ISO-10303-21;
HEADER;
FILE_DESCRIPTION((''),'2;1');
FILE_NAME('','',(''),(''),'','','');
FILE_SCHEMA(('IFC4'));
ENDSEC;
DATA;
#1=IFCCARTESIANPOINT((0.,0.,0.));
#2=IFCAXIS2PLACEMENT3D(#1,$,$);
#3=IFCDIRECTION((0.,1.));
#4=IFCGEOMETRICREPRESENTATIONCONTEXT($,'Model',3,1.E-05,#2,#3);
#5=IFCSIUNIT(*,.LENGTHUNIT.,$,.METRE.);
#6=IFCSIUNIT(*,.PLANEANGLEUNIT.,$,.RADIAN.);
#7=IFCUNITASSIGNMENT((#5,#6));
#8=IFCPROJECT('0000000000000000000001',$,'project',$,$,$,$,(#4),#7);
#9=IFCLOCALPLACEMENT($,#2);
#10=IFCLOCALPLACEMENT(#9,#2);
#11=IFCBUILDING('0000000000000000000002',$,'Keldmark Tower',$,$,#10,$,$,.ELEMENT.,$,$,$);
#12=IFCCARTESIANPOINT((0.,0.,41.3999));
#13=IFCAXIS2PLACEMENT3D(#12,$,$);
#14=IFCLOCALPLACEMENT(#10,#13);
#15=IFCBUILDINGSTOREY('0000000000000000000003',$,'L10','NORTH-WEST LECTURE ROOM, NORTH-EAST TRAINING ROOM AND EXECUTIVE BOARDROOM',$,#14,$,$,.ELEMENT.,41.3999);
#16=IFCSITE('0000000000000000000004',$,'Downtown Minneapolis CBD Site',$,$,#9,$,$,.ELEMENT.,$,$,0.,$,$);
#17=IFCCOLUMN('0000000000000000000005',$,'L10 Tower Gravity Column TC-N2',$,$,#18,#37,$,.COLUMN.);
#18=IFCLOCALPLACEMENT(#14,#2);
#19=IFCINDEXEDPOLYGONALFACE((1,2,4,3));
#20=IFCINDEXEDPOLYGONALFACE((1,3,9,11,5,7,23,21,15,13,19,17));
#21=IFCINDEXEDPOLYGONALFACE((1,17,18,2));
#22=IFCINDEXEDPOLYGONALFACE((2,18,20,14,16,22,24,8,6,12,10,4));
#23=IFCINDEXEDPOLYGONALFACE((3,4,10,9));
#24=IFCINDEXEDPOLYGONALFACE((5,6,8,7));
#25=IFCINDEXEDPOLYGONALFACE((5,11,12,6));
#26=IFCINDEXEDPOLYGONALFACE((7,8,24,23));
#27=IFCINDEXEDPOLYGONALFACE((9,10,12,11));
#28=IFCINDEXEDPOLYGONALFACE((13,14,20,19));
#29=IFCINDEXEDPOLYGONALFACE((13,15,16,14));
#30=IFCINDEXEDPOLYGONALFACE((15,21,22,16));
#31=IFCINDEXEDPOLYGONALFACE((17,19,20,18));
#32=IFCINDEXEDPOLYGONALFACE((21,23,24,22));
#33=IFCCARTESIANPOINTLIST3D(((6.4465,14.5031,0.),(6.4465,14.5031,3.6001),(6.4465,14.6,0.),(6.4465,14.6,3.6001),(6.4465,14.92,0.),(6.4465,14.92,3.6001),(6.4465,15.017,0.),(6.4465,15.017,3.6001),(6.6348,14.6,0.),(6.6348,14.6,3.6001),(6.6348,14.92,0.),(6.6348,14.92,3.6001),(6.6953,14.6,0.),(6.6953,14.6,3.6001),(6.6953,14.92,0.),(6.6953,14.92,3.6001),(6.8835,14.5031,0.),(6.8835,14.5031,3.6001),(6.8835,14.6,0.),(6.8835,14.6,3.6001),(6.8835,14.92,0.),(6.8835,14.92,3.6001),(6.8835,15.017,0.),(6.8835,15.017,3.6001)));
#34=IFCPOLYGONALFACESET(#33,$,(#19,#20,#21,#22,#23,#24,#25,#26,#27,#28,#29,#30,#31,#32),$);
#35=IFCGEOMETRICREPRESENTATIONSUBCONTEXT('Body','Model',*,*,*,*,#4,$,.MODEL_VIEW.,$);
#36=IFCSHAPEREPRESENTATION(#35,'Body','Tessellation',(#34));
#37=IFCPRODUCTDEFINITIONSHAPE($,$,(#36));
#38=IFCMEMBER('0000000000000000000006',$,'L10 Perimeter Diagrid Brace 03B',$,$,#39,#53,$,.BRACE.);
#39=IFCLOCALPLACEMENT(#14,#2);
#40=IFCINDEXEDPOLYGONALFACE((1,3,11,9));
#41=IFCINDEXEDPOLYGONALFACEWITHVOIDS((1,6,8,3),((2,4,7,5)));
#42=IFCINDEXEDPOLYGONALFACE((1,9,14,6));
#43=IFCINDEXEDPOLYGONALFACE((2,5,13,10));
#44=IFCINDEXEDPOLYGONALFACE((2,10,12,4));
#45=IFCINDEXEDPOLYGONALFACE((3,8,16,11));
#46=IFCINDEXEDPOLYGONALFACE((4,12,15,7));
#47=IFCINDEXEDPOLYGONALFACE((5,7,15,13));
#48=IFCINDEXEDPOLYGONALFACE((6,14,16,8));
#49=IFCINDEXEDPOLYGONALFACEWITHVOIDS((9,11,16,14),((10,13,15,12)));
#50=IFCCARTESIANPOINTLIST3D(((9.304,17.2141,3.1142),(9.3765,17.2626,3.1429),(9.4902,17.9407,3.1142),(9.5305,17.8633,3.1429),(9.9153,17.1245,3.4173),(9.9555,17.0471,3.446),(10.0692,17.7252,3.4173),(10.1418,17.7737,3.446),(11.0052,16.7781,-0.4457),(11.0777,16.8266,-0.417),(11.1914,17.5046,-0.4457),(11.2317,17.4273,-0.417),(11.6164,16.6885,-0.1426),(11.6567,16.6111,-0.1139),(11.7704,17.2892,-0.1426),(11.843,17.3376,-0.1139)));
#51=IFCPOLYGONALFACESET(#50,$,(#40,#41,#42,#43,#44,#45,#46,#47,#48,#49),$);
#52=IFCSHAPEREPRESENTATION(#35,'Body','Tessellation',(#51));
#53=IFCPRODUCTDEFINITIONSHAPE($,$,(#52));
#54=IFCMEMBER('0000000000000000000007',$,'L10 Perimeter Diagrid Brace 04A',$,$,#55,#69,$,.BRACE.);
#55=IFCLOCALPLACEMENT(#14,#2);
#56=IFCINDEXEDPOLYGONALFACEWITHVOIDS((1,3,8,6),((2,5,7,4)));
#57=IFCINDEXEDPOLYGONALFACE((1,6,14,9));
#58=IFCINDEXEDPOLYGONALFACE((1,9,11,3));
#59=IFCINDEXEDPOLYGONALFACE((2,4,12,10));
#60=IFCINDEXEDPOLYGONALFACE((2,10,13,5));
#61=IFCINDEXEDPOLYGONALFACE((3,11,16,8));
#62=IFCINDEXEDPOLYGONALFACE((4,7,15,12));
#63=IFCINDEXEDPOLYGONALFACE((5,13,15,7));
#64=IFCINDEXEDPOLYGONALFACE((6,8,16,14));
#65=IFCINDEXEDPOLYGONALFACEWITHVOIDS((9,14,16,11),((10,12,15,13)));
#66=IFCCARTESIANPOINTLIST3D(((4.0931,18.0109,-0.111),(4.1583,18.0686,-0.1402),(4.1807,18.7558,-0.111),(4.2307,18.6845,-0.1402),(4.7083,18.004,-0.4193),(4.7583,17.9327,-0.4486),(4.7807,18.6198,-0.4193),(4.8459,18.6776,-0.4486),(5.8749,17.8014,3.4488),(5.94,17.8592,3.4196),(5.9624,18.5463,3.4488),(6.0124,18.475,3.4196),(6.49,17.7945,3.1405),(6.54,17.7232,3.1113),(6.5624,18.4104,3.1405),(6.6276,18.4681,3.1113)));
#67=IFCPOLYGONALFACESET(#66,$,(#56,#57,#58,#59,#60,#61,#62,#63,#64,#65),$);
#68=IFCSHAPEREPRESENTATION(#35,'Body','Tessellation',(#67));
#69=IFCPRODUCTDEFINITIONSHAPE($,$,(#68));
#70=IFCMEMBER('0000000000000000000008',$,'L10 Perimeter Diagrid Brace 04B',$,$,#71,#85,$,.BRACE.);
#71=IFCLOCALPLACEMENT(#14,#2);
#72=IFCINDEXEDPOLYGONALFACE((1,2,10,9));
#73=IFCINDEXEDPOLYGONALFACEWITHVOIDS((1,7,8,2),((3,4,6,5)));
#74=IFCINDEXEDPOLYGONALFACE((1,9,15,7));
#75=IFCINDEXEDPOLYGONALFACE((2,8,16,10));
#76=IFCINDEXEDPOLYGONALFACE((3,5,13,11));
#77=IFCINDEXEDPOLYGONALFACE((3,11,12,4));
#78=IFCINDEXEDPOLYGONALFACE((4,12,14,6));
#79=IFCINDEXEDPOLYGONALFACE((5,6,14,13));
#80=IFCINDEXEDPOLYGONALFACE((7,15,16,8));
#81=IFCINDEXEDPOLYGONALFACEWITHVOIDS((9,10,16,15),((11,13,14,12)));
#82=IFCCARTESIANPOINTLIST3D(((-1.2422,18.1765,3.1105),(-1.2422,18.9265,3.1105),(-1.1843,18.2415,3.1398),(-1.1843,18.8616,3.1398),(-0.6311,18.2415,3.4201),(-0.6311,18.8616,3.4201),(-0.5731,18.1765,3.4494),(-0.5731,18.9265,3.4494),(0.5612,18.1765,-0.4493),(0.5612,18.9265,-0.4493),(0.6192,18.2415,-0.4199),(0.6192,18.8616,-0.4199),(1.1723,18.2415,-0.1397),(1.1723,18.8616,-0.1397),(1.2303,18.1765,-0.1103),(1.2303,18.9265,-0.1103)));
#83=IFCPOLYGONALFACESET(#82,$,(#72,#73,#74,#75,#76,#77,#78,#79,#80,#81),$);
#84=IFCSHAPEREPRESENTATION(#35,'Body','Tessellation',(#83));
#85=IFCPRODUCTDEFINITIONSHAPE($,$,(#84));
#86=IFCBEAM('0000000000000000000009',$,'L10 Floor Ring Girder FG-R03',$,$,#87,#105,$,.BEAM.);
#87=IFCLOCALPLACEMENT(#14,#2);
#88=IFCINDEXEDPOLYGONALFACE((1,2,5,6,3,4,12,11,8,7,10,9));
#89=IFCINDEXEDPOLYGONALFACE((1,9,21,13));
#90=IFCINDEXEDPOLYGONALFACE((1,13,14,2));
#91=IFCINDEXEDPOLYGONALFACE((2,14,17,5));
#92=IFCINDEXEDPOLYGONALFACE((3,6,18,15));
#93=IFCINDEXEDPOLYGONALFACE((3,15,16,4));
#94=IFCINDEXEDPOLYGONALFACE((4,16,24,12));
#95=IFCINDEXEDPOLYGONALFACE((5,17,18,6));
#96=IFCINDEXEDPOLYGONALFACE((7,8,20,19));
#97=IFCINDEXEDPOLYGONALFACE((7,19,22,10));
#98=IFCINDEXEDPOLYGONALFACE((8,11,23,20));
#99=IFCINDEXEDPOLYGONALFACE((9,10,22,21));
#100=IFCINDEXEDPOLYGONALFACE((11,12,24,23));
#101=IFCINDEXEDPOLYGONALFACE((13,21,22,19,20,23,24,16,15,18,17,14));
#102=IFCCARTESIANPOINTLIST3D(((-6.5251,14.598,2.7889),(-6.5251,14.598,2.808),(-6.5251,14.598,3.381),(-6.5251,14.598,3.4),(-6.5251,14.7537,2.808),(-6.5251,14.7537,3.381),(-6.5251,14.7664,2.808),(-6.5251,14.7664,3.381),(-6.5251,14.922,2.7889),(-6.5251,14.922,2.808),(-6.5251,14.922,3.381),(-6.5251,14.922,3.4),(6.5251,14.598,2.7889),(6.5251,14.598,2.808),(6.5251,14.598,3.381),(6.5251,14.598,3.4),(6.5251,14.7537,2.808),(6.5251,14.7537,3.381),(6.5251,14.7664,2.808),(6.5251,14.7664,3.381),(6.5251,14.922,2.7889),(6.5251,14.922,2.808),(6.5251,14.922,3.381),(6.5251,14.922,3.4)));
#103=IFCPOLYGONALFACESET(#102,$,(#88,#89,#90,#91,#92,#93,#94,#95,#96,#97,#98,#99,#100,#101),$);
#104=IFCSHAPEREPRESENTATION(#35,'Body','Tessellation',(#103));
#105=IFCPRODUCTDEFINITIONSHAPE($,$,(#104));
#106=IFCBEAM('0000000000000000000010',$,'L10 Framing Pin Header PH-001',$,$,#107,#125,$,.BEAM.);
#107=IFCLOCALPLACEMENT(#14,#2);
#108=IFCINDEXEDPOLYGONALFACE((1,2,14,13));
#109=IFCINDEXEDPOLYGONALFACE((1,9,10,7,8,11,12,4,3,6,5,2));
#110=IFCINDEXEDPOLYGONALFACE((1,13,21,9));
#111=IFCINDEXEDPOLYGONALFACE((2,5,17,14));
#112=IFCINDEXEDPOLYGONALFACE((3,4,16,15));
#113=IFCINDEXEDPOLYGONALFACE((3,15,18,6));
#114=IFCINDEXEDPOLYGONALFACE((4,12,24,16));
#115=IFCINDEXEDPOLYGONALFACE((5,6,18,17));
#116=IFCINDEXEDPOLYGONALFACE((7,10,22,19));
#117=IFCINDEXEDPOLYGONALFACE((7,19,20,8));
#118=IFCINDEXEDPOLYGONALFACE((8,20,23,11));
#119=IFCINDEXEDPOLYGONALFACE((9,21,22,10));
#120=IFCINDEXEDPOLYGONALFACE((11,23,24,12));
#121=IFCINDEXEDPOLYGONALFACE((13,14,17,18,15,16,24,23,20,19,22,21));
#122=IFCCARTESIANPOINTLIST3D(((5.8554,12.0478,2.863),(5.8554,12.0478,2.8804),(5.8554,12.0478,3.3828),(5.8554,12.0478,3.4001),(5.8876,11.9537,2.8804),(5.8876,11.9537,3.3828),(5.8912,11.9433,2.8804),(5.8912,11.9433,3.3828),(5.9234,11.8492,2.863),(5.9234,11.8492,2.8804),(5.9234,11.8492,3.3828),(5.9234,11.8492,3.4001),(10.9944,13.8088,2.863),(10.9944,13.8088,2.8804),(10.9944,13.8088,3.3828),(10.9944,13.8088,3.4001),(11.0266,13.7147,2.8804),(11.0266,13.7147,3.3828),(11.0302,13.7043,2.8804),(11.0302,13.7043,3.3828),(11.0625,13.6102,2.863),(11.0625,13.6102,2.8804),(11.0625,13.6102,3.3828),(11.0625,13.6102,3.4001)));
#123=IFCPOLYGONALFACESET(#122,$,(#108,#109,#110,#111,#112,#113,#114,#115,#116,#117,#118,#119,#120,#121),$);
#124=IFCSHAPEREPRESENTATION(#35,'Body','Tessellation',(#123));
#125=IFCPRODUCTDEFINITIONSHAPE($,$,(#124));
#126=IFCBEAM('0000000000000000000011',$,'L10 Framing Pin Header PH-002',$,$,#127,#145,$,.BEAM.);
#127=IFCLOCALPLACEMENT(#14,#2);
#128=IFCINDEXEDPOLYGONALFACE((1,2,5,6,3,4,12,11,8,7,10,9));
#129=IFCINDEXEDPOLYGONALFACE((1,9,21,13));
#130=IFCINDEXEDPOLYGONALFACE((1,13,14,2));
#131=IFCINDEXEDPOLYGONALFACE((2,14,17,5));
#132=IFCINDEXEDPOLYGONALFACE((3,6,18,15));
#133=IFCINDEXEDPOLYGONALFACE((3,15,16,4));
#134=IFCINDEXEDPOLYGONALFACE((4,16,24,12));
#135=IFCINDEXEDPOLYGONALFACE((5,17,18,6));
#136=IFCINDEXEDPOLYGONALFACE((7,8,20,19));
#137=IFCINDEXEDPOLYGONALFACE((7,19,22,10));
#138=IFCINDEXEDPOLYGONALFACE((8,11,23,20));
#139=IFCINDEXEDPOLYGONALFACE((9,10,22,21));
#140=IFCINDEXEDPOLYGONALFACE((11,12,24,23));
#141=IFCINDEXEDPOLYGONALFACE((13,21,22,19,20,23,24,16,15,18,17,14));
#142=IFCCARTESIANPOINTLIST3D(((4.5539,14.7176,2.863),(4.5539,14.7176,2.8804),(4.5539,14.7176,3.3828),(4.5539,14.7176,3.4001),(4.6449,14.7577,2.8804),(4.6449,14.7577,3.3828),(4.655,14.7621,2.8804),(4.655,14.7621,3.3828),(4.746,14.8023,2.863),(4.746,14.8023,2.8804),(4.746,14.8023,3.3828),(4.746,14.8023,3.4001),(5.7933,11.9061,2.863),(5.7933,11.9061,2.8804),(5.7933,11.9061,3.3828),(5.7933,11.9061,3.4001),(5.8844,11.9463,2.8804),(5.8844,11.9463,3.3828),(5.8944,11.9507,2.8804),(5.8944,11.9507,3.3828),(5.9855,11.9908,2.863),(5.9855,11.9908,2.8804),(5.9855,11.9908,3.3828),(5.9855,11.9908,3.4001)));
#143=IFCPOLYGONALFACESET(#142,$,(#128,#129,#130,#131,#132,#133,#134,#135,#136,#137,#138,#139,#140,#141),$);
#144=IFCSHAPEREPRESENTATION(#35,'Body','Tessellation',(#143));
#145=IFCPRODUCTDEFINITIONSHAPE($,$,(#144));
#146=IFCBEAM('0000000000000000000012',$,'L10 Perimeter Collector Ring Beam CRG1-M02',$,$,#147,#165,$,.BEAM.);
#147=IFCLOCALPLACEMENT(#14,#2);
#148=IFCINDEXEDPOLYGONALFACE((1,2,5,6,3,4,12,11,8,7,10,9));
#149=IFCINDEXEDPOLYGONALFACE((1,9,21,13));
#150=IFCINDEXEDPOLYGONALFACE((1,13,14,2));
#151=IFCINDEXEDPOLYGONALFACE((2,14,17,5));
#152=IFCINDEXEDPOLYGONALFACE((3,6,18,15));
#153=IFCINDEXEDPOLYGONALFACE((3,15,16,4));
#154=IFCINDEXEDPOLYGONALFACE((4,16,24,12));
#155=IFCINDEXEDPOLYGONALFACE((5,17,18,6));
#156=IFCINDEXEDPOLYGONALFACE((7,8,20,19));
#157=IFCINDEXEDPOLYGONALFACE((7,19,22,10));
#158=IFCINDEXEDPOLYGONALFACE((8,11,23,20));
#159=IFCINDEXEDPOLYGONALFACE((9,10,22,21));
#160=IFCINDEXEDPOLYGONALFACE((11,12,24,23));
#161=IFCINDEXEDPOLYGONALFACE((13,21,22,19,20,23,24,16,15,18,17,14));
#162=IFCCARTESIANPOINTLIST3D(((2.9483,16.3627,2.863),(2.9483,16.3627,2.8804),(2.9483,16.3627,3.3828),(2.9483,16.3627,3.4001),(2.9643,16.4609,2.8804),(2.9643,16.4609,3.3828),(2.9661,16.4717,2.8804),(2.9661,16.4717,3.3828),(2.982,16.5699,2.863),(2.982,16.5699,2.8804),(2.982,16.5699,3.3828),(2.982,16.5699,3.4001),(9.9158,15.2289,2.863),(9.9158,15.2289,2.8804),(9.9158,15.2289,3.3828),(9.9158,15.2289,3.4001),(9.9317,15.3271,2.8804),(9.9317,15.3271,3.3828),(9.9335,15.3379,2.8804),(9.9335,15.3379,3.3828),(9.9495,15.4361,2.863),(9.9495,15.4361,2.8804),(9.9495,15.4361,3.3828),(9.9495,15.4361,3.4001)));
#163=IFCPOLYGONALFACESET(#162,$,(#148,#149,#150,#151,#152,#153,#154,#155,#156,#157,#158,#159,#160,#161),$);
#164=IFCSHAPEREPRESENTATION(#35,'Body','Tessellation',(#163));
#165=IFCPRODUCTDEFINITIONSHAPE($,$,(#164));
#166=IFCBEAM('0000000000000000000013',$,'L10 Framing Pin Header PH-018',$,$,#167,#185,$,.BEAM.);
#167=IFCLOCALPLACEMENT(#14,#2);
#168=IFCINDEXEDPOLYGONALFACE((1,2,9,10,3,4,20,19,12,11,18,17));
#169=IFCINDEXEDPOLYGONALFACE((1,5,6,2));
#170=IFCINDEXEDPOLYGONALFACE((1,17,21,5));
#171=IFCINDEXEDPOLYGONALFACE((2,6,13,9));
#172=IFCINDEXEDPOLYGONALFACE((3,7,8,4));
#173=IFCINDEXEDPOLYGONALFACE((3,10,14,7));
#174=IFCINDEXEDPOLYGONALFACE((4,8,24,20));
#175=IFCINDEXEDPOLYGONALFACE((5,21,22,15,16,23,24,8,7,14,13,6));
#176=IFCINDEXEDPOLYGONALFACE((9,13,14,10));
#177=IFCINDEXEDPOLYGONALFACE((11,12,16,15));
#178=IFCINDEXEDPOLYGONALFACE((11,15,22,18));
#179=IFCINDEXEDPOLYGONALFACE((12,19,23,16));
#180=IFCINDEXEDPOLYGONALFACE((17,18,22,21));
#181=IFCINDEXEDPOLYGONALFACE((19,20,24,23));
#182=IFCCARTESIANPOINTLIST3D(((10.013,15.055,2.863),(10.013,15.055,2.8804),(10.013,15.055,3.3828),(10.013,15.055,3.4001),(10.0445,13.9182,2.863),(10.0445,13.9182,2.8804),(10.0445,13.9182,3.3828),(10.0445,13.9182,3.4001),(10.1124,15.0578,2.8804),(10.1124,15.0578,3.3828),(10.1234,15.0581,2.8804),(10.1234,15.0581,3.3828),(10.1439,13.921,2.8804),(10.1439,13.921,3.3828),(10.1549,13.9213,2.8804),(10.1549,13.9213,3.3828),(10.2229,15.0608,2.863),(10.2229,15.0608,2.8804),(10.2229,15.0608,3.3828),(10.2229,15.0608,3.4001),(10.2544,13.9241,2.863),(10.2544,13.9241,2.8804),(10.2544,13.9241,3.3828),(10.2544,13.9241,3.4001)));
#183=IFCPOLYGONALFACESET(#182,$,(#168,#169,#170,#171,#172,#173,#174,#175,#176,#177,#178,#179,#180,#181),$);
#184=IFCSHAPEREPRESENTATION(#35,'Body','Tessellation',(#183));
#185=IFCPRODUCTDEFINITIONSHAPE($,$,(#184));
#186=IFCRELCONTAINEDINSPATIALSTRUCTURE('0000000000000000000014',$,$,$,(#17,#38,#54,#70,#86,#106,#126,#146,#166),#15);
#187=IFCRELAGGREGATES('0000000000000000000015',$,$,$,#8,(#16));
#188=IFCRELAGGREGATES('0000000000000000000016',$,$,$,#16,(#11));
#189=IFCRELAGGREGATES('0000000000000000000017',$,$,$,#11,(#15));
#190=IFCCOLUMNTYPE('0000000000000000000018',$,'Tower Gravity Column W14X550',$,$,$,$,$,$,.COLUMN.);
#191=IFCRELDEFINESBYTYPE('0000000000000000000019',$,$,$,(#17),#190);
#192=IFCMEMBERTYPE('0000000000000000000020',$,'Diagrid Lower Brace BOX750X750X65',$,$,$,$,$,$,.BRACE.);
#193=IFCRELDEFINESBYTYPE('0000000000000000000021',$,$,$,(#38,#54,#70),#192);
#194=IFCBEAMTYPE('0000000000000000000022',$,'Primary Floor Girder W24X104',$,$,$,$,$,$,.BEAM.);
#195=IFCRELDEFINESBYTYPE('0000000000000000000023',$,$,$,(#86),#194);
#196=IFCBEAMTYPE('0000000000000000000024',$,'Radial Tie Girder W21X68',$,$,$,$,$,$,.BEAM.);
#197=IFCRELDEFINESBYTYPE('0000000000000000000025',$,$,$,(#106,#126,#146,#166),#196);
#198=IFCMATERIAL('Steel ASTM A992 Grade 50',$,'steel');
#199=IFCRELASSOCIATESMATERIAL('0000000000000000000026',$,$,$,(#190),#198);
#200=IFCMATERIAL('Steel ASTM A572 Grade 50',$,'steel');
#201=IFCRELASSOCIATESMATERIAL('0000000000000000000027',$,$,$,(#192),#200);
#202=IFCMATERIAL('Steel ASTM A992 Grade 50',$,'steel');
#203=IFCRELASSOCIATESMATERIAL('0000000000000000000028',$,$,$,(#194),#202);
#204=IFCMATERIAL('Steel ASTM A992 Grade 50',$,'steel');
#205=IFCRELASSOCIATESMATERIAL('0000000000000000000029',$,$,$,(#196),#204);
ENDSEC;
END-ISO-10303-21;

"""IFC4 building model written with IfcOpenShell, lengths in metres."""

from ifc_helpers import new_model, si_unit, direction, frame, origin, origin_2d, place, context, subcontext, project, spatial, hollow_rectangle, i_section, extrude, material, material_profile, profile_set, type_object, element, save


model = new_model("IFC4")

# Units and contexts
model_context = context("Model", 3, precision=1e-05, world=origin(), true_north=direction((0.0, 1.0)))
body_context = subcontext(model_context, "Body", "Model", "MODEL_VIEW")
ifc_project = project(units=[si_unit("LENGTHUNIT", "METRE"), si_unit("PLANEANGLEUNIT", "RADIAN")], contexts=[model_context])

# Site, building, storey
site_placement = place(None, origin())
site = spatial("IfcSite", under=ifc_project, at=site_placement, Name="Downtown Minneapolis CBD Site", CompositionType="ELEMENT", RefElevation=0.0)
building_placement = place(site_placement, origin())
building = spatial("IfcBuilding", under=site, at=building_placement, Name="Keldmark Tower", CompositionType="ELEMENT")
storey_placement = place(building_placement, frame((0.0, 0.0, 41.3999)))
storey = spatial("IfcBuildingStorey", under=building, at=storey_placement, Name="L10", Description="NORTH-WEST LECTURE ROOM, NORTH-EAST TRAINING ROOM AND EXECUTIVE BOARDROOM", CompositionType="ELEMENT", Elevation=41.3999)

# Column
ifc_material_1 = material(Name="Steel ASTM A992 Grade 50", Category="steel")
ifc_material_profile_1 = material_profile(ifc_material_1, i_section(OverallWidth=0.437, OverallDepth=0.5139, WebThickness=0.0605, FlangeThickness=0.0969, at=origin_2d()), Name="W14X550")
ifc_profile_set_1 = profile_set([ifc_material_profile_1], Name="Steel ASTM A992 Grade 50")
column_type = type_object("IfcColumnType", Name="Tower Gravity Column W14X550", PredefinedType="COLUMN", material=ifc_profile_set_1)
column_placement = place(storey_placement, frame((6.665, 14.76, 0.0), z_axis=(0.0, 0.0, 1.0), x_axis=(1.0, 0.0, 0.0)))
element("IfcColumn", 1, at=column_placement, inside=storey, type_object=column_type, Name="L10 Tower Gravity Column TC-N2", PredefinedType="COLUMN", context=body_context, shape_type="SweptSolid", body=[
    extrude(i_section(OverallWidth=0.437, OverallDepth=0.5139, WebThickness=0.0605, FlangeThickness=0.0969, at=origin_2d()), origin(), (0.0, 0.0, 1.0), 3.6001),
])

# Members
ifc_material_2 = material(Name="Steel ASTM A572 Grade 50", Category="steel")
ifc_material_profile_2 = material_profile(ifc_material_2, hollow_rectangle(XDim=0.75, YDim=0.75, WallThickness=0.0649, at=origin_2d()), Name="BOX750X750X65")
ifc_profile_set_2 = profile_set([ifc_material_profile_2], Name="Steel ASTM A572 Grade 50")
member_type = type_object("IfcMemberType", Name="Diagrid Lower Brace BOX750X750X65", PredefinedType="BRACE", material=ifc_profile_set_2)
member_1_placement = place(storey_placement, frame((11.4241, 17.0579, -0.2798), z_axis=(-0.428568, 0.109848, 0.896807), x_axis=(-0.248288, -0.968686, 0.0)))
element("IfcMember", 2, at=member_1_placement, inside=storey, type_object=member_type, Name="L10 Perimeter Diagrid Brace 03B", PredefinedType="BRACE", context=body_context, shape_type="SweptSolid", body=[
    extrude(hollow_rectangle(XDim=0.75, YDim=0.75, WallThickness=0.0649, at=origin_2d()), origin(), (0.0, 0.0, 1.0), 3.9695),
])
member_2_placement = place(storey_placement, frame((4.4695, 18.3442, -0.2798), z_axis=(0.446963, -0.052548, 0.893008), x_axis=(0.116762, 0.99316, 0.0)))
element("IfcMember", 3, at=member_2_placement, inside=storey, type_object=member_type, Name="L10 Perimeter Diagrid Brace 04A", PredefinedType="BRACE", context=body_context, shape_type="SweptSolid", body=[
    extrude(hollow_rectangle(XDim=0.75, YDim=0.75, WallThickness=0.0649, at=origin_2d()), origin(), (0.0, 0.0, 1.0), 3.9863),
])
member_3_placement = place(storey_placement, frame((0.8958, 18.5515, -0.2798), z_axis=(-0.45193, 0.0, 0.892053), x_axis=(0.0, -1.0, 0.0)))
element("IfcMember", 4, at=member_3_placement, inside=storey, type_object=member_type, Name="L10 Perimeter Diagrid Brace 04B", PredefinedType="BRACE", context=body_context, shape_type="SweptSolid", body=[
    extrude(hollow_rectangle(XDim=0.75, YDim=0.75, WallThickness=0.0649, at=origin_2d()), origin(), (0.0, 0.0, 1.0), 3.9905),
])

# Beams
ifc_material_3 = material(Name="Steel ASTM A992 Grade 50", Category="steel")
ifc_material_profile_3 = material_profile(ifc_material_3, i_section(OverallWidth=0.324, OverallDepth=0.6111, WebThickness=0.0127, FlangeThickness=0.019, at=origin_2d()), Name="W24X104")
ifc_profile_set_3 = profile_set([ifc_material_profile_3], Name="Steel ASTM A992 Grade 50")
beam_type_1 = type_object("IfcBeamType", Name="Primary Floor Girder W24X104", PredefinedType="BEAM", material=ifc_profile_set_3)
beam_1_placement = place(storey_placement, frame((6.5251, 14.76, 3.0945), z_axis=(-1.0, 0.0, 0.0), x_axis=(0.0, -1.0, 0.0)))
element("IfcBeam", 5, at=beam_1_placement, inside=storey, type_object=beam_type_1, Name="L10 Floor Ring Girder FG-R03", PredefinedType="BEAM", context=body_context, shape_type="SweptSolid", body=[
    extrude(i_section(OverallWidth=0.324, OverallDepth=0.6111, WebThickness=0.0127, FlangeThickness=0.019, at=origin_2d()), origin(), (0.0, 0.0, 1.0), 13.0503),
])
ifc_material_4 = material(Name="Steel ASTM A992 Grade 50", Category="steel")
ifc_material_profile_4 = material_profile(ifc_material_4, i_section(OverallWidth=0.21, OverallDepth=0.5371, WebThickness=0.011, FlangeThickness=0.0173, at=origin_2d()), Name="W21X68")
ifc_profile_set_4 = profile_set([ifc_material_profile_4], Name="Steel ASTM A992 Grade 50")
beam_type_2 = type_object("IfcBeamType", Name="Radial Tie Girder W21X68", PredefinedType="BEAM", material=ifc_profile_set_4)
beam_2_placement = place(storey_placement, frame((5.8894, 11.9485, 3.1316), z_axis=(0.945998, 0.324172, 0.0), x_axis=(-0.324172, 0.945998, 0.0)))
element("IfcBeam", 6, at=beam_2_placement, inside=storey, type_object=beam_type_2, Name="L10 Framing Pin Header PH-001", PredefinedType="BEAM", context=body_context, shape_type="SweptSolid", body=[
    extrude(i_section(OverallWidth=0.21, OverallDepth=0.5371, WebThickness=0.011, FlangeThickness=0.0173, at=origin_2d()), origin(), (0.0, 0.0, 1.0), 5.4324),
])
beam_3_placement = place(storey_placement, frame((5.8894, 11.9485, 3.1316), z_axis=(-0.403402, 0.915023, 0.0), x_axis=(-0.915023, -0.403402, 0.0)))
element("IfcBeam", 7, at=beam_3_placement, inside=storey, type_object=beam_type_2, Name="L10 Framing Pin Header PH-002", PredefinedType="BEAM", context=body_context, shape_type="SweptSolid", body=[
    extrude(i_section(OverallWidth=0.21, OverallDepth=0.5371, WebThickness=0.011, FlangeThickness=0.0173, at=origin_2d()), origin(), (0.0, 0.0, 1.0), 3.0725),
])
beam_4_placement = place(storey_placement, frame((9.9326, 15.3325, 3.1316), z_axis=(-0.987018, 0.160612, 0.0), x_axis=(-0.160612, -0.987018, 0.0)))
element("IfcBeam", 8, at=beam_4_placement, inside=storey, type_object=beam_type_2, Name="L10 Perimeter Collector Ring Beam CRG1-M02", PredefinedType="BEAM", context=body_context, shape_type="SweptSolid", body=[
    extrude(i_section(OverallWidth=0.21, OverallDepth=0.5371, WebThickness=0.011, FlangeThickness=0.0173, at=origin_2d()), origin(), (0.0, 0.0, 1.0), 7.0591),
])
beam_5_placement = place(storey_placement, frame((10.1494, 13.9211, 3.1316), z_axis=(-0.027696, 0.999616, 0.0), x_axis=(-0.999616, -0.027696, 0.0)))
element("IfcBeam", 9, at=beam_5_placement, inside=storey, type_object=beam_type_2, Name="L10 Framing Pin Header PH-018", PredefinedType="BEAM", context=body_context, shape_type="SweptSolid", body=[
    extrude(i_section(OverallWidth=0.21, OverallDepth=0.5371, WebThickness=0.011, FlangeThickness=0.0173, at=origin_2d()), origin(), (0.0, 0.0, 1.0), 1.1372),
])

save(model, "model.ifc")
